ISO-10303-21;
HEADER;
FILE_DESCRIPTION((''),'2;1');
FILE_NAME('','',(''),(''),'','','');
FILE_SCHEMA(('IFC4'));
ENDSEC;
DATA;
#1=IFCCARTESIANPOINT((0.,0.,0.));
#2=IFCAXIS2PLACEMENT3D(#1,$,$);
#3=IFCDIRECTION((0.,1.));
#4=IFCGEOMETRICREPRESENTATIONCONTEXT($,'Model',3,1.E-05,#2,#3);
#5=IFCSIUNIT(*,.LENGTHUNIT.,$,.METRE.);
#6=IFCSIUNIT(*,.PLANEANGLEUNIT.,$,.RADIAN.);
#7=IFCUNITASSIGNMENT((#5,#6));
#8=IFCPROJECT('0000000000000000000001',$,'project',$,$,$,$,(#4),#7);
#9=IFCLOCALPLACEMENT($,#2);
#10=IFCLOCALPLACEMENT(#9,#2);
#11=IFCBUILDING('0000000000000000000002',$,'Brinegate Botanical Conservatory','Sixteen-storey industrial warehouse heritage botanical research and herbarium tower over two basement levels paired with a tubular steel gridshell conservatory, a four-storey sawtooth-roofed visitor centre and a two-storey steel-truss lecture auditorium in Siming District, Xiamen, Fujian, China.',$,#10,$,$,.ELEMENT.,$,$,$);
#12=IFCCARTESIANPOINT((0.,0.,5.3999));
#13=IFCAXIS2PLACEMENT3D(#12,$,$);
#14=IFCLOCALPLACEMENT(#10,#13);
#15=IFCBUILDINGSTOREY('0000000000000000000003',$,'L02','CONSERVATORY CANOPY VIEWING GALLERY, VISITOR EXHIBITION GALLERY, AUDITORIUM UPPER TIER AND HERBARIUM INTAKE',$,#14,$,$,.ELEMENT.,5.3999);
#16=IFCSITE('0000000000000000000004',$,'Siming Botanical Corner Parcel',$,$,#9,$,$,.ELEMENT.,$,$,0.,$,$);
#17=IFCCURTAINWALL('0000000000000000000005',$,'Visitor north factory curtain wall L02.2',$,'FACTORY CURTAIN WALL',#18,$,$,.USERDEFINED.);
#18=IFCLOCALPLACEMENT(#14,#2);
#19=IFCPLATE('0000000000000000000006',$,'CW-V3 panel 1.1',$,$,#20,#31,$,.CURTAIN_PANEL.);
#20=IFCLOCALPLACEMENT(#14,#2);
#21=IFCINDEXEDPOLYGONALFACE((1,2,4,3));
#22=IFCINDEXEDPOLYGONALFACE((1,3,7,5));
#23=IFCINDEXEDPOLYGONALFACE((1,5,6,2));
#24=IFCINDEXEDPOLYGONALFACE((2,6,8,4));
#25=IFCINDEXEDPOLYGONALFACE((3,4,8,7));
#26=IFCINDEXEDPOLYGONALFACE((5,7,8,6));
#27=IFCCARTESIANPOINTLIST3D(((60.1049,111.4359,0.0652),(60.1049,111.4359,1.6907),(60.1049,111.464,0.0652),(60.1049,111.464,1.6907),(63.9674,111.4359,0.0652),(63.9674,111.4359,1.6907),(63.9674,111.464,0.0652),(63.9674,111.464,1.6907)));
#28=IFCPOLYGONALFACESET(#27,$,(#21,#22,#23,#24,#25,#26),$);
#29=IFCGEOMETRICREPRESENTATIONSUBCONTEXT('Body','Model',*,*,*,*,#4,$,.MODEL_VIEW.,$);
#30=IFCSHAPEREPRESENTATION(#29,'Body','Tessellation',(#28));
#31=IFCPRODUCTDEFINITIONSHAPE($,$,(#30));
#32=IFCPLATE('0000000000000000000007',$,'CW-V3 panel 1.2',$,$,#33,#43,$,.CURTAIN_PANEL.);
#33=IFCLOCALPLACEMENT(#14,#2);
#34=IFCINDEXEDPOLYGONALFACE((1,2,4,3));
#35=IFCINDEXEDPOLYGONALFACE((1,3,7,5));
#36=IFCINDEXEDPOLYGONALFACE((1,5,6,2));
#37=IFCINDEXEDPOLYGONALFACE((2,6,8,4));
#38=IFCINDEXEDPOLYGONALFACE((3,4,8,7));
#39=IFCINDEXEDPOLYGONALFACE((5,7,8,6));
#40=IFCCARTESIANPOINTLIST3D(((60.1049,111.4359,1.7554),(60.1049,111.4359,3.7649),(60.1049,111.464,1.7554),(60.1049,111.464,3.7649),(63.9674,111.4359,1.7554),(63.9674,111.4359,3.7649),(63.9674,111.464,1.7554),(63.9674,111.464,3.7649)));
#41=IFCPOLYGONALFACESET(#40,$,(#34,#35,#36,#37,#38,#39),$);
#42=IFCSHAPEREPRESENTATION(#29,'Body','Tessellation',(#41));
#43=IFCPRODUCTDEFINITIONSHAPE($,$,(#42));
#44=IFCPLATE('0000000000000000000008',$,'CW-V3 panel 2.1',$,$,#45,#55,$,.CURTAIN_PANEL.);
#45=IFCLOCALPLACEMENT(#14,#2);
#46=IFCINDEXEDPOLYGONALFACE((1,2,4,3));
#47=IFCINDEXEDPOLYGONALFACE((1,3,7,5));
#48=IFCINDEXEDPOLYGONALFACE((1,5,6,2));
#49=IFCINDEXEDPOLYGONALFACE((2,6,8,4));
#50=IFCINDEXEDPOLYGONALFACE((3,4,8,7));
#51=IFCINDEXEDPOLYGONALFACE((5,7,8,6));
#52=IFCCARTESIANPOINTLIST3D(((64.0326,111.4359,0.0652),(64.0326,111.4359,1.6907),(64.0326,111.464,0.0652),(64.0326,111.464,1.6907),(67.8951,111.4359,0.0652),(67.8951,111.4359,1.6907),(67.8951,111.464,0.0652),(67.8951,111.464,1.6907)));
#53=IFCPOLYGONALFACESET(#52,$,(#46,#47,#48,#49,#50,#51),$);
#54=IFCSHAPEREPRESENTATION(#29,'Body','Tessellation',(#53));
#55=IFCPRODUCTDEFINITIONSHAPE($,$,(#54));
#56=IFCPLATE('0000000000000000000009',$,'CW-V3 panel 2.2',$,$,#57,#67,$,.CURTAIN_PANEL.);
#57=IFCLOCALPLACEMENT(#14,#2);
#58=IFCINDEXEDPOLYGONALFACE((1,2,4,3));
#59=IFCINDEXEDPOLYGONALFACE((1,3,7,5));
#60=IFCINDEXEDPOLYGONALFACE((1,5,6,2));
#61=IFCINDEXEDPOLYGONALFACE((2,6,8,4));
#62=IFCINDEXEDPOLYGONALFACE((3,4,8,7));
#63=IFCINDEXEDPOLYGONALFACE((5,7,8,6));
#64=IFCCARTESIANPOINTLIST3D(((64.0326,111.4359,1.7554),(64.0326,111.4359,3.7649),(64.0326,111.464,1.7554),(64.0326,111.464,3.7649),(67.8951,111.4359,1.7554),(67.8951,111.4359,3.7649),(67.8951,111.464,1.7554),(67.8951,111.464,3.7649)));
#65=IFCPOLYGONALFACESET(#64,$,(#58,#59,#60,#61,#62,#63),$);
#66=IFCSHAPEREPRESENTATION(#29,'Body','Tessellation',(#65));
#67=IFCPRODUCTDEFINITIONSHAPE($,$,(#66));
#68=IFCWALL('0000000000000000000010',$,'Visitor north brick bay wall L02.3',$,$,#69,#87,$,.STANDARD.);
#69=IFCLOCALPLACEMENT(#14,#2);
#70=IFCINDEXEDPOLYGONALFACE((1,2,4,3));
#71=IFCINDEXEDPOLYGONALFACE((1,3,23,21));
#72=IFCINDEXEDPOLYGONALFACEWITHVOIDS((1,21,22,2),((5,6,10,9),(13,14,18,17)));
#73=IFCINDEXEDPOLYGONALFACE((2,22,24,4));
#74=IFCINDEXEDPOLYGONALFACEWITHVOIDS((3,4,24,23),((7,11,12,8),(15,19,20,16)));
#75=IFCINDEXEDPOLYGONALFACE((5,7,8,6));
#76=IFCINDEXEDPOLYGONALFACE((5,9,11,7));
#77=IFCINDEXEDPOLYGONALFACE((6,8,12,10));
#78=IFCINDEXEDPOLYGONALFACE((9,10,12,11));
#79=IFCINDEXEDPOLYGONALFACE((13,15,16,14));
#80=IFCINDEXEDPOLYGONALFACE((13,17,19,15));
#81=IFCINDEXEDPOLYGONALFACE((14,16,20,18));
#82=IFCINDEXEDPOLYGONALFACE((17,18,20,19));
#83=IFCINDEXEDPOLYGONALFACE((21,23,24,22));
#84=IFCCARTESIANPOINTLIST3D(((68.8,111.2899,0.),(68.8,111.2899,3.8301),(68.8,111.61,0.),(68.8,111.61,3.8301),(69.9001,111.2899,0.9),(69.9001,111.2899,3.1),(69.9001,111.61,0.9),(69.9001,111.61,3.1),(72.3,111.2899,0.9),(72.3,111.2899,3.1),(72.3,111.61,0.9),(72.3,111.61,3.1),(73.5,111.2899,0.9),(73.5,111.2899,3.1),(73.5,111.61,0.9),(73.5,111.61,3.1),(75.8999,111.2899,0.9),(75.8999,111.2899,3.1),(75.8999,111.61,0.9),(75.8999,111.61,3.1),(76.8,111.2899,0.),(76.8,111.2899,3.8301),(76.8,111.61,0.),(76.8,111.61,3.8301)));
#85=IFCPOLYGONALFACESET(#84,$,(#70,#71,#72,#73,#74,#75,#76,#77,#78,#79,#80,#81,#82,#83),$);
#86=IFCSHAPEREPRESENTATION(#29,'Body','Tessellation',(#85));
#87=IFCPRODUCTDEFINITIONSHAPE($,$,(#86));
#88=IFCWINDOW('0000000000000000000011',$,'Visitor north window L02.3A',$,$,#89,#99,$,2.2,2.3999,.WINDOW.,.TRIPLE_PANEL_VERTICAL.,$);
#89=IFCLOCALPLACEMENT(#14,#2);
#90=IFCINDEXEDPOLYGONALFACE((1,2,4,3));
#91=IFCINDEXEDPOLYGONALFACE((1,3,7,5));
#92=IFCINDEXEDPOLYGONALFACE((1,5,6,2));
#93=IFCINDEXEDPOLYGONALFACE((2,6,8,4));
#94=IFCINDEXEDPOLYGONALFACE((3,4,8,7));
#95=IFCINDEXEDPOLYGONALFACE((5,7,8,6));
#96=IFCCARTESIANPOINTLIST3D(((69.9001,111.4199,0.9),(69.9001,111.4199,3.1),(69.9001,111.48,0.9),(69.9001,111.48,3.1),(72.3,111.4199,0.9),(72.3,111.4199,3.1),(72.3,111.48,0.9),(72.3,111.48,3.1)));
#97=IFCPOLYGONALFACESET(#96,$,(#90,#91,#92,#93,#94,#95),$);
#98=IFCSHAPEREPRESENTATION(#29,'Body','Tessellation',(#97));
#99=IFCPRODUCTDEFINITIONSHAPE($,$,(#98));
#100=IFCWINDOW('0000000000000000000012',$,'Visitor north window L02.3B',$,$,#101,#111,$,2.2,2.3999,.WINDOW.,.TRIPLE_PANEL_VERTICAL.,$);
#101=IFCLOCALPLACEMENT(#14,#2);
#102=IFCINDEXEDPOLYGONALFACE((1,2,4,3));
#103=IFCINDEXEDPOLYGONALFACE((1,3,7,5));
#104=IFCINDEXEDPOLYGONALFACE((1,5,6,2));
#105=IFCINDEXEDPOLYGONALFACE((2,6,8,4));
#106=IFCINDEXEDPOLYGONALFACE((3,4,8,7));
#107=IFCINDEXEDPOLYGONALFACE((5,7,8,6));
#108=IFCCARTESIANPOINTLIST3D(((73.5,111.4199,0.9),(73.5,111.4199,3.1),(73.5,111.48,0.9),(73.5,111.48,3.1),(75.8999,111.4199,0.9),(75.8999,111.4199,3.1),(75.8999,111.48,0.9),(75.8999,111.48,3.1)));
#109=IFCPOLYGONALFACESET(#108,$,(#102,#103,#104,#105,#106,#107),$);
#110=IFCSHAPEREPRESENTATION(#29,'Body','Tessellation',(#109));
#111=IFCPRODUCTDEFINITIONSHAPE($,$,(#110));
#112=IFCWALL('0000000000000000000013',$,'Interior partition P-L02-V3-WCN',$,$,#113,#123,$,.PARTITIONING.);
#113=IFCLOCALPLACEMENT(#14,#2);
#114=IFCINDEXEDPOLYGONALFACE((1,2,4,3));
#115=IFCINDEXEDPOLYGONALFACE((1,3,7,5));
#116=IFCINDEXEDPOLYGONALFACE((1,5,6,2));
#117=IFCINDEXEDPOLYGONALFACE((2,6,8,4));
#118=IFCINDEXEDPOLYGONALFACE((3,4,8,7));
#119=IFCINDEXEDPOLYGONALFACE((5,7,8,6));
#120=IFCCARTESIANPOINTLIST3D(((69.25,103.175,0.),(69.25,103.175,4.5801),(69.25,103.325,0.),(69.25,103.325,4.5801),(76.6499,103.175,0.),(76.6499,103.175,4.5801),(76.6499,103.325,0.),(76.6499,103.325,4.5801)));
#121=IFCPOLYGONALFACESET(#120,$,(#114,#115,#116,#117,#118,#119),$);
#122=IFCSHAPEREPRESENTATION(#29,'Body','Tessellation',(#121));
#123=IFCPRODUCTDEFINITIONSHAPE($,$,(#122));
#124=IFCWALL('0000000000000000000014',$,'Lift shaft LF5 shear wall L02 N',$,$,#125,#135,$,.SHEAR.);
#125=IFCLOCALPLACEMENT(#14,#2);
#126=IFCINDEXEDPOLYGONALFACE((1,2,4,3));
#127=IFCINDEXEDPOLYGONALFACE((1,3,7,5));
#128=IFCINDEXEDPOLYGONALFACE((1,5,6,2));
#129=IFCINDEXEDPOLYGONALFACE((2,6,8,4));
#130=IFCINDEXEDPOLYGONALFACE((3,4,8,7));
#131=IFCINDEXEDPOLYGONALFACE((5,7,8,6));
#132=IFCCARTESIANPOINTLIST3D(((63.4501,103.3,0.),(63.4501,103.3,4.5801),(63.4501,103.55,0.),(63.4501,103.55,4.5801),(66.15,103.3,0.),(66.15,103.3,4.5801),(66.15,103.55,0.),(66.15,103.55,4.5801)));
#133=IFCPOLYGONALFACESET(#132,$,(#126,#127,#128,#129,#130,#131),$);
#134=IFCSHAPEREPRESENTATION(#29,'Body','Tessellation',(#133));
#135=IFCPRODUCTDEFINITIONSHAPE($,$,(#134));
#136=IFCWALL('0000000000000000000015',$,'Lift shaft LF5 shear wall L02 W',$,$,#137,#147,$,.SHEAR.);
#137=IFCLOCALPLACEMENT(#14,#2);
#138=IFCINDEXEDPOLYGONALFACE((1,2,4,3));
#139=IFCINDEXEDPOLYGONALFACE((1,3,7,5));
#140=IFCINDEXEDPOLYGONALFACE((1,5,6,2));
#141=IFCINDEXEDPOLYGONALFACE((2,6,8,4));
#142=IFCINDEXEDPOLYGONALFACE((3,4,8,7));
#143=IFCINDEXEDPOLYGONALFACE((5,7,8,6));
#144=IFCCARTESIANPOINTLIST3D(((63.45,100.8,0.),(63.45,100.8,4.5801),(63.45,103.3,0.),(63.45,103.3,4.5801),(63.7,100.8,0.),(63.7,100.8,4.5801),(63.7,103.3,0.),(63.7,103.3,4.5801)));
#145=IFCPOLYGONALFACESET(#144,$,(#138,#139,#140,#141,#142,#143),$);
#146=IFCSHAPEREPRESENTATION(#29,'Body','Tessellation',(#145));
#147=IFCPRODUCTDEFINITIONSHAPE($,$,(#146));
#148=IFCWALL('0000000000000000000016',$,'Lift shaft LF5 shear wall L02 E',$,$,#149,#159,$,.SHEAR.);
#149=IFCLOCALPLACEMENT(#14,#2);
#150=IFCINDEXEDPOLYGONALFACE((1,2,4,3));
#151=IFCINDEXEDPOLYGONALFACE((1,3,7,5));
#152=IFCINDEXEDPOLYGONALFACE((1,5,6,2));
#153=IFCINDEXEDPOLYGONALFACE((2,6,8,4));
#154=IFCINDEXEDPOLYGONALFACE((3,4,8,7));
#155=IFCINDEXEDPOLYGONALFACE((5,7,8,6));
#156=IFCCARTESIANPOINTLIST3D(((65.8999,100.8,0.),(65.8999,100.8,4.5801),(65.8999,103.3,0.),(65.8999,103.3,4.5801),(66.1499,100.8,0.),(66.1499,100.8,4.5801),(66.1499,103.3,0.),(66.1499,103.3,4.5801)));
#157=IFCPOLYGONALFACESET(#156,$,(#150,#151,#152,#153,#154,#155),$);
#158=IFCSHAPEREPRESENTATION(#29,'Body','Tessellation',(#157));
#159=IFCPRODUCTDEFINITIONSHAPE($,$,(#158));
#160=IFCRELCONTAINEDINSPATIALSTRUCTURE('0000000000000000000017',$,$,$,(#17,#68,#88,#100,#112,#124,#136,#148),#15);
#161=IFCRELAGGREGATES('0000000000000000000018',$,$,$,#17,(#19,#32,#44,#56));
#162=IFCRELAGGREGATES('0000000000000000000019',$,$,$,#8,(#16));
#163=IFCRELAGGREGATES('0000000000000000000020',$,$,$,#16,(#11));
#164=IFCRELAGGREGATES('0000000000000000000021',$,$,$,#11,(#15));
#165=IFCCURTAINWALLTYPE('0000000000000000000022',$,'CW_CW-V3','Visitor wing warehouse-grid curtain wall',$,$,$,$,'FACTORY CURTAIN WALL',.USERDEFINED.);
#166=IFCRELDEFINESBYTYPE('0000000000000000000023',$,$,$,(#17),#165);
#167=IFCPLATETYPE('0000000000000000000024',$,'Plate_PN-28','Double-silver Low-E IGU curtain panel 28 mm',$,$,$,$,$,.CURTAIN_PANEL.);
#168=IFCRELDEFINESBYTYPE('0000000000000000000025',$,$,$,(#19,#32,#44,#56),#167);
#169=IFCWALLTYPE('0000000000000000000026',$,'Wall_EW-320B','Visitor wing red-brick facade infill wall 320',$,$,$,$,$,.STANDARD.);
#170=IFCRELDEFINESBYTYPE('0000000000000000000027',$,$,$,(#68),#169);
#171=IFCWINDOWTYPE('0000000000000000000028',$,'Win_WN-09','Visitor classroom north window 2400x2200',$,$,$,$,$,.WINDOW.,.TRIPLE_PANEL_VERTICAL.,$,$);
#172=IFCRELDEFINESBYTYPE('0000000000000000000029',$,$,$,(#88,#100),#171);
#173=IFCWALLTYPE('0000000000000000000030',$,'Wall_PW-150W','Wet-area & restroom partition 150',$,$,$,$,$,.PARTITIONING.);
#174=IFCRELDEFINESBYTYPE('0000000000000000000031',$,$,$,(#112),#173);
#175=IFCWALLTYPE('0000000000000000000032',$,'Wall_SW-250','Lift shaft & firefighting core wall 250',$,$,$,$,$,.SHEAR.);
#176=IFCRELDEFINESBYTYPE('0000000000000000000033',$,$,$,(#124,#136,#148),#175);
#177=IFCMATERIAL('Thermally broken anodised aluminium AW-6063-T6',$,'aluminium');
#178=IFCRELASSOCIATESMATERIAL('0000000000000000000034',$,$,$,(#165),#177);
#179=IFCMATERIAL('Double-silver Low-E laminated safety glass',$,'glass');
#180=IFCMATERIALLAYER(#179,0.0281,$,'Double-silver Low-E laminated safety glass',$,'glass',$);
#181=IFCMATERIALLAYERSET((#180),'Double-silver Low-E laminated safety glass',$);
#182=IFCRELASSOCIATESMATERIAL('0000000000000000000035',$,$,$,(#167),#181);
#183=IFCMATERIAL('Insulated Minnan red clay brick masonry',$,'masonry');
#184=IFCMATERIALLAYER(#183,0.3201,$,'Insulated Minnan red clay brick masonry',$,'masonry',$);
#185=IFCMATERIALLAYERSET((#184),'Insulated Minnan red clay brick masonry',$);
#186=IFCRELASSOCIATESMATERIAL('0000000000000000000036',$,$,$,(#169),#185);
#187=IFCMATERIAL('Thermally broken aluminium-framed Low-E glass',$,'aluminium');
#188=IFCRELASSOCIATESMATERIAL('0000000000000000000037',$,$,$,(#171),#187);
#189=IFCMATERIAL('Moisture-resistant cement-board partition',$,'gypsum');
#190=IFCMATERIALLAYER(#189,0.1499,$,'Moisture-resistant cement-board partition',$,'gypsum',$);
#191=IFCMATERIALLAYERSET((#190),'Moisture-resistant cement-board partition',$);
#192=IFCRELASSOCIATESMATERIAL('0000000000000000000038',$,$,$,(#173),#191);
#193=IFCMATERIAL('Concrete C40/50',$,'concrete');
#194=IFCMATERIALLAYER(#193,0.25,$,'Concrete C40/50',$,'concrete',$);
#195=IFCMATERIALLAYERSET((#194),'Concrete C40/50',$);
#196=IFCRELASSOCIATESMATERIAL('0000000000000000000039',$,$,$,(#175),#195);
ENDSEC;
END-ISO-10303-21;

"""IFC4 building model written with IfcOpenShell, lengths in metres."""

from ifc_helpers import new_model, si_unit, direction, frame, frame_2d, origin, origin_2d, place, context, subcontext, project, spatial, rectangle, extrude, material, layer, layer_set, type_object, element, fill, aggregate, save


model = new_model("IFC4")

# Units and contexts
model_context = context("Model", 3, precision=1e-05, world=origin(), true_north=direction((0.0, 1.0)))
body_context = subcontext(model_context, "Body", "Model", "MODEL_VIEW")
ifc_project = project(units=[si_unit("LENGTHUNIT", "METRE"), si_unit("PLANEANGLEUNIT", "RADIAN")], contexts=[model_context])

# Site, building, storey
site_placement = place(None, origin())
site = spatial("IfcSite", under=ifc_project, at=site_placement, Name="Siming Botanical Corner Parcel", CompositionType="ELEMENT", RefElevation=0.0)
building_placement = place(site_placement, origin())
building = spatial("IfcBuilding", under=site, at=building_placement, Name="Brinegate Botanical Conservatory", Description="Sixteen-storey industrial warehouse heritage botanical research and herbarium tower over two basement levels paired with a tubular steel gridshell conservatory, a four-storey sawtooth-roofed visitor centre and a two-storey steel-truss lecture auditorium in Siming District, Xiamen, Fujian, China.", CompositionType="ELEMENT")
storey_placement = place(building_placement, frame((0.0, 0.0, 5.3999)))
storey = spatial("IfcBuildingStorey", under=building, at=storey_placement, Name="L02", Description="CONSERVATORY CANOPY VIEWING GALLERY, VISITOR EXHIBITION GALLERY, AUDITORIUM UPPER TIER AND HERBARIUM INTAKE", CompositionType="ELEMENT", Elevation=5.3999)

# Shared definitions
ifc_material_1 = material(Name="Concrete C40/50", Category="concrete")

# Curtain wall, plates
ifc_material_2 = material(Name="Thermally broken anodised aluminium AW-6063-T6", Category="aluminium")
curtain_wall_type = type_object("IfcCurtainWallType", Name="CW_CW-V3", Description="Visitor wing warehouse-grid curtain wall", ElementType="FACTORY CURTAIN WALL", PredefinedType="USERDEFINED", material=ifc_material_2)
curtain_wall_placement = place(storey_placement, origin())
curtain_wall = element("IfcCurtainWall", 1, at=curtain_wall_placement, inside=storey, type_object=curtain_wall_type, Name="Visitor north factory curtain wall L02.2", ObjectType="FACTORY CURTAIN WALL", PredefinedType="USERDEFINED")
ifc_material_3 = material(Name="Double-silver Low-E laminated safety glass", Category="glass")
ifc_layer_1 = layer(ifc_material_3, 0.0281, Name="Double-silver Low-E laminated safety glass", Category="glass")
ifc_layer_set_1 = layer_set([ifc_layer_1], Name="Double-silver Low-E laminated safety glass")
plate_type = type_object("IfcPlateType", Name="Plate_PN-28", Description="Double-silver Low-E IGU curtain panel 28 mm", PredefinedType="CURTAIN_PANEL", material=ifc_layer_set_1)
plate_1_placement = place(storey_placement, frame((62.0361, 111.45, 0.0652), z_axis=(0.0, 0.0, 1.0), x_axis=(1.0, 0.0, 0.0)))
plate_1 = element("IfcPlate", 2, at=plate_1_placement, type_object=plate_type, Name="CW-V3 panel 1.1", PredefinedType="CURTAIN_PANEL", context=body_context, shape_type="SweptSolid", body=[
    extrude(rectangle(XDim=3.8625, YDim=0.0281, at=origin_2d()), origin(), (0.0, 0.0, 1.0), 1.6255),
])
plate_2_placement = place(storey_placement, frame((62.0361, 111.45, 1.7554), z_axis=(0.0, 0.0, 1.0), x_axis=(1.0, 0.0, 0.0)))
plate_2 = element("IfcPlate", 3, at=plate_2_placement, type_object=plate_type, Name="CW-V3 panel 1.2", PredefinedType="CURTAIN_PANEL", context=body_context, shape_type="SweptSolid", body=[
    extrude(rectangle(XDim=3.8625, YDim=0.0281, at=origin_2d()), origin(), (0.0, 0.0, 1.0), 2.0095),
])
plate_3_placement = place(storey_placement, frame((65.9639, 111.45, 0.0652), z_axis=(0.0, 0.0, 1.0), x_axis=(1.0, 0.0, 0.0)))
plate_3 = element("IfcPlate", 4, at=plate_3_placement, type_object=plate_type, Name="CW-V3 panel 2.1", PredefinedType="CURTAIN_PANEL", context=body_context, shape_type="SweptSolid", body=[
    extrude(rectangle(XDim=3.8625, YDim=0.0281, at=origin_2d()), origin(), (0.0, 0.0, 1.0), 1.6255),
])
plate_4_placement = place(storey_placement, frame((65.9639, 111.45, 1.7554), z_axis=(0.0, 0.0, 1.0), x_axis=(1.0, 0.0, 0.0)))
plate_4 = element("IfcPlate", 5, at=plate_4_placement, type_object=plate_type, Name="CW-V3 panel 2.2", PredefinedType="CURTAIN_PANEL", context=body_context, shape_type="SweptSolid", body=[
    extrude(rectangle(XDim=3.8625, YDim=0.0281, at=origin_2d()), origin(), (0.0, 0.0, 1.0), 2.0095),
])
aggregate(curtain_wall, [plate_1, plate_2, plate_3, plate_4])

# Wall, openings, windows
ifc_material_4 = material(Name="Insulated Minnan red clay brick masonry", Category="masonry")
ifc_layer_2 = layer(ifc_material_4, 0.3201, Name="Insulated Minnan red clay brick masonry", Category="masonry")
ifc_layer_set_2 = layer_set([ifc_layer_2], Name="Insulated Minnan red clay brick masonry")
wall_type_1 = type_object("IfcWallType", Name="Wall_EW-320B", Description="Visitor wing red-brick facade infill wall 320", PredefinedType="STANDARD", material=ifc_layer_set_2)
wall_1_placement = place(storey_placement, frame((68.8, 111.45, 0.0), z_axis=(0.0, 0.0, 1.0), x_axis=(1.0, 0.0, 0.0)))
wall_1 = element("IfcWall", 6, at=wall_1_placement, inside=storey, type_object=wall_type_1, Name="Visitor north brick bay wall L02.3", PredefinedType="STANDARD", context=body_context, shape_type="SweptSolid", body=[
    extrude(rectangle(XDim=8.0, YDim=0.3201, at=frame_2d((4.0, 0.0))), origin(), (0.0, 0.0, 1.0), 3.8301),
])
opening_1_placement = place(wall_1_placement, frame((1.1001, 0.0, 0.8999)))
opening_1 = element("IfcOpeningElement", 7, at=opening_1_placement, cuts=wall_1, PredefinedType="OPENING", context=body_context, shape_type="SweptSolid", body=[
    extrude(rectangle(XDim=2.3999, YDim=2.2, at=frame_2d((1.2, 1.1001))), frame((0.0, 0.1699, 0.0), z_axis=(0.0, -1.0, 0.0), x_axis=(1.0, 0.0, 0.0)), (0.0, 0.0, 1.0), 0.3401),
])
opening_2_placement = place(wall_1_placement, frame((4.7, 0.0, 0.8999)))
opening_2 = element("IfcOpeningElement", 8, at=opening_2_placement, cuts=wall_1, PredefinedType="OPENING", context=body_context, shape_type="SweptSolid", body=[
    extrude(rectangle(XDim=2.3999, YDim=2.2, at=frame_2d((1.2, 1.1001))), frame((0.0, 0.1699, 0.0), z_axis=(0.0, -1.0, 0.0), x_axis=(1.0, 0.0, 0.0)), (0.0, 0.0, 1.0), 0.3401),
])
ifc_material_5 = material(Name="Thermally broken aluminium-framed Low-E glass", Category="aluminium")
window_type = type_object("IfcWindowType", Name="Win_WN-09", Description="Visitor classroom north window 2400x2200", PartitioningType="TRIPLE_PANEL_VERTICAL", PredefinedType="WINDOW", material=ifc_material_5)
window_1_placement = place(opening_1_placement, origin())
window_1 = element("IfcWindow", 9, at=window_1_placement, inside=storey, type_object=window_type, Name="Visitor north window L02.3A", OverallHeight=2.2, OverallWidth=2.3999, PartitioningType="TRIPLE_PANEL_VERTICAL", PredefinedType="WINDOW", context=body_context, shape_type="SweptSolid", body=[
    extrude(rectangle(XDim=2.3999, YDim=2.2, at=frame_2d((1.2, 1.1001))), frame((0.0, 0.03, 0.0), z_axis=(0.0, -1.0, 0.0), x_axis=(1.0, 0.0, 0.0)), (0.0, 0.0, 1.0), 0.0601),
])
fill(opening_1, window_1)
window_2_placement = place(opening_2_placement, origin())
window_2 = element("IfcWindow", 10, at=window_2_placement, inside=storey, type_object=window_type, Name="Visitor north window L02.3B", OverallHeight=2.2, OverallWidth=2.3999, PartitioningType="TRIPLE_PANEL_VERTICAL", PredefinedType="WINDOW", context=body_context, shape_type="SweptSolid", body=[
    extrude(rectangle(XDim=2.3999, YDim=2.2, at=frame_2d((1.2, 1.1001))), frame((0.0, 0.03, 0.0), z_axis=(0.0, -1.0, 0.0), x_axis=(1.0, 0.0, 0.0)), (0.0, 0.0, 1.0), 0.0601),
])
fill(opening_2, window_2)

# Wall
ifc_material_6 = material(Name="Moisture-resistant cement-board partition", Category="gypsum")
ifc_layer_3 = layer(ifc_material_6, 0.1499, Name="Moisture-resistant cement-board partition", Category="gypsum")
ifc_layer_set_3 = layer_set([ifc_layer_3], Name="Moisture-resistant cement-board partition")
wall_type_2 = type_object("IfcWallType", Name="Wall_PW-150W", Description="Wet-area & restroom partition 150", PredefinedType="PARTITIONING", material=ifc_layer_set_3)
wall_2_placement = place(storey_placement, frame((69.25, 103.25, 0.0), z_axis=(0.0, 0.0, 1.0), x_axis=(1.0, 0.0, 0.0)))
element("IfcWall", 11, at=wall_2_placement, inside=storey, type_object=wall_type_2, Name="Interior partition P-L02-V3-WCN", PredefinedType="PARTITIONING", context=body_context, shape_type="SweptSolid", body=[
    extrude(rectangle(XDim=7.3999, YDim=0.1499, at=frame_2d((3.7, 0.0))), origin(), (0.0, 0.0, 1.0), 4.5801),
])

# Shared definitions
ifc_layer_4 = layer(ifc_material_1, 0.25, Name="Concrete C40/50", Category="concrete")
ifc_layer_set_4 = layer_set([ifc_layer_4], Name="Concrete C40/50")
wall_type_3 = type_object("IfcWallType", Name="Wall_SW-250", Description="Lift shaft & firefighting core wall 250", PredefinedType="SHEAR", material=ifc_layer_set_4)

# Walls
wall_3_placement = place(storey_placement, frame((63.45, 103.425, 0.0), z_axis=(0.0, 0.0, 1.0), x_axis=(1.0, 0.0, 0.0)))
element("IfcWall", 12, at=wall_3_placement, inside=storey, type_object=wall_type_3, Name="Lift shaft LF5 shear wall L02 N", PredefinedType="SHEAR", context=body_context, shape_type="SweptSolid", body=[
    extrude(rectangle(XDim=2.7, YDim=0.25, at=frame_2d((1.3501, 0.0))), origin(), (0.0, 0.0, 1.0), 4.5801),
])
for number, where, z_axis, x_axis, name in (
    (13, (63.575, 100.8, 0.0), (0.0, 0.0, 1.0), (0.0, 1.0, 0.0), "Lift shaft LF5 shear wall L02 W"),
    (14, (66.0249, 100.8, 0.0), (0.0, 0.0, 1.0), (0.0, 1.0, 0.0), "Lift shaft LF5 shear wall L02 E"),
):
    element("IfcWall", number, at=place(storey_placement, frame(where, z_axis=z_axis, x_axis=x_axis)), inside=storey, type_object=wall_type_3, Name=name, PredefinedType="SHEAR", context=body_context, shape_type="SweptSolid", body=[
        extrude(rectangle(XDim=2.5, YDim=0.25, at=frame_2d((1.25, 0.0))), origin(), (0.0, 0.0, 1.0), 4.5801),
    ])

save(model, "model.ifc")
